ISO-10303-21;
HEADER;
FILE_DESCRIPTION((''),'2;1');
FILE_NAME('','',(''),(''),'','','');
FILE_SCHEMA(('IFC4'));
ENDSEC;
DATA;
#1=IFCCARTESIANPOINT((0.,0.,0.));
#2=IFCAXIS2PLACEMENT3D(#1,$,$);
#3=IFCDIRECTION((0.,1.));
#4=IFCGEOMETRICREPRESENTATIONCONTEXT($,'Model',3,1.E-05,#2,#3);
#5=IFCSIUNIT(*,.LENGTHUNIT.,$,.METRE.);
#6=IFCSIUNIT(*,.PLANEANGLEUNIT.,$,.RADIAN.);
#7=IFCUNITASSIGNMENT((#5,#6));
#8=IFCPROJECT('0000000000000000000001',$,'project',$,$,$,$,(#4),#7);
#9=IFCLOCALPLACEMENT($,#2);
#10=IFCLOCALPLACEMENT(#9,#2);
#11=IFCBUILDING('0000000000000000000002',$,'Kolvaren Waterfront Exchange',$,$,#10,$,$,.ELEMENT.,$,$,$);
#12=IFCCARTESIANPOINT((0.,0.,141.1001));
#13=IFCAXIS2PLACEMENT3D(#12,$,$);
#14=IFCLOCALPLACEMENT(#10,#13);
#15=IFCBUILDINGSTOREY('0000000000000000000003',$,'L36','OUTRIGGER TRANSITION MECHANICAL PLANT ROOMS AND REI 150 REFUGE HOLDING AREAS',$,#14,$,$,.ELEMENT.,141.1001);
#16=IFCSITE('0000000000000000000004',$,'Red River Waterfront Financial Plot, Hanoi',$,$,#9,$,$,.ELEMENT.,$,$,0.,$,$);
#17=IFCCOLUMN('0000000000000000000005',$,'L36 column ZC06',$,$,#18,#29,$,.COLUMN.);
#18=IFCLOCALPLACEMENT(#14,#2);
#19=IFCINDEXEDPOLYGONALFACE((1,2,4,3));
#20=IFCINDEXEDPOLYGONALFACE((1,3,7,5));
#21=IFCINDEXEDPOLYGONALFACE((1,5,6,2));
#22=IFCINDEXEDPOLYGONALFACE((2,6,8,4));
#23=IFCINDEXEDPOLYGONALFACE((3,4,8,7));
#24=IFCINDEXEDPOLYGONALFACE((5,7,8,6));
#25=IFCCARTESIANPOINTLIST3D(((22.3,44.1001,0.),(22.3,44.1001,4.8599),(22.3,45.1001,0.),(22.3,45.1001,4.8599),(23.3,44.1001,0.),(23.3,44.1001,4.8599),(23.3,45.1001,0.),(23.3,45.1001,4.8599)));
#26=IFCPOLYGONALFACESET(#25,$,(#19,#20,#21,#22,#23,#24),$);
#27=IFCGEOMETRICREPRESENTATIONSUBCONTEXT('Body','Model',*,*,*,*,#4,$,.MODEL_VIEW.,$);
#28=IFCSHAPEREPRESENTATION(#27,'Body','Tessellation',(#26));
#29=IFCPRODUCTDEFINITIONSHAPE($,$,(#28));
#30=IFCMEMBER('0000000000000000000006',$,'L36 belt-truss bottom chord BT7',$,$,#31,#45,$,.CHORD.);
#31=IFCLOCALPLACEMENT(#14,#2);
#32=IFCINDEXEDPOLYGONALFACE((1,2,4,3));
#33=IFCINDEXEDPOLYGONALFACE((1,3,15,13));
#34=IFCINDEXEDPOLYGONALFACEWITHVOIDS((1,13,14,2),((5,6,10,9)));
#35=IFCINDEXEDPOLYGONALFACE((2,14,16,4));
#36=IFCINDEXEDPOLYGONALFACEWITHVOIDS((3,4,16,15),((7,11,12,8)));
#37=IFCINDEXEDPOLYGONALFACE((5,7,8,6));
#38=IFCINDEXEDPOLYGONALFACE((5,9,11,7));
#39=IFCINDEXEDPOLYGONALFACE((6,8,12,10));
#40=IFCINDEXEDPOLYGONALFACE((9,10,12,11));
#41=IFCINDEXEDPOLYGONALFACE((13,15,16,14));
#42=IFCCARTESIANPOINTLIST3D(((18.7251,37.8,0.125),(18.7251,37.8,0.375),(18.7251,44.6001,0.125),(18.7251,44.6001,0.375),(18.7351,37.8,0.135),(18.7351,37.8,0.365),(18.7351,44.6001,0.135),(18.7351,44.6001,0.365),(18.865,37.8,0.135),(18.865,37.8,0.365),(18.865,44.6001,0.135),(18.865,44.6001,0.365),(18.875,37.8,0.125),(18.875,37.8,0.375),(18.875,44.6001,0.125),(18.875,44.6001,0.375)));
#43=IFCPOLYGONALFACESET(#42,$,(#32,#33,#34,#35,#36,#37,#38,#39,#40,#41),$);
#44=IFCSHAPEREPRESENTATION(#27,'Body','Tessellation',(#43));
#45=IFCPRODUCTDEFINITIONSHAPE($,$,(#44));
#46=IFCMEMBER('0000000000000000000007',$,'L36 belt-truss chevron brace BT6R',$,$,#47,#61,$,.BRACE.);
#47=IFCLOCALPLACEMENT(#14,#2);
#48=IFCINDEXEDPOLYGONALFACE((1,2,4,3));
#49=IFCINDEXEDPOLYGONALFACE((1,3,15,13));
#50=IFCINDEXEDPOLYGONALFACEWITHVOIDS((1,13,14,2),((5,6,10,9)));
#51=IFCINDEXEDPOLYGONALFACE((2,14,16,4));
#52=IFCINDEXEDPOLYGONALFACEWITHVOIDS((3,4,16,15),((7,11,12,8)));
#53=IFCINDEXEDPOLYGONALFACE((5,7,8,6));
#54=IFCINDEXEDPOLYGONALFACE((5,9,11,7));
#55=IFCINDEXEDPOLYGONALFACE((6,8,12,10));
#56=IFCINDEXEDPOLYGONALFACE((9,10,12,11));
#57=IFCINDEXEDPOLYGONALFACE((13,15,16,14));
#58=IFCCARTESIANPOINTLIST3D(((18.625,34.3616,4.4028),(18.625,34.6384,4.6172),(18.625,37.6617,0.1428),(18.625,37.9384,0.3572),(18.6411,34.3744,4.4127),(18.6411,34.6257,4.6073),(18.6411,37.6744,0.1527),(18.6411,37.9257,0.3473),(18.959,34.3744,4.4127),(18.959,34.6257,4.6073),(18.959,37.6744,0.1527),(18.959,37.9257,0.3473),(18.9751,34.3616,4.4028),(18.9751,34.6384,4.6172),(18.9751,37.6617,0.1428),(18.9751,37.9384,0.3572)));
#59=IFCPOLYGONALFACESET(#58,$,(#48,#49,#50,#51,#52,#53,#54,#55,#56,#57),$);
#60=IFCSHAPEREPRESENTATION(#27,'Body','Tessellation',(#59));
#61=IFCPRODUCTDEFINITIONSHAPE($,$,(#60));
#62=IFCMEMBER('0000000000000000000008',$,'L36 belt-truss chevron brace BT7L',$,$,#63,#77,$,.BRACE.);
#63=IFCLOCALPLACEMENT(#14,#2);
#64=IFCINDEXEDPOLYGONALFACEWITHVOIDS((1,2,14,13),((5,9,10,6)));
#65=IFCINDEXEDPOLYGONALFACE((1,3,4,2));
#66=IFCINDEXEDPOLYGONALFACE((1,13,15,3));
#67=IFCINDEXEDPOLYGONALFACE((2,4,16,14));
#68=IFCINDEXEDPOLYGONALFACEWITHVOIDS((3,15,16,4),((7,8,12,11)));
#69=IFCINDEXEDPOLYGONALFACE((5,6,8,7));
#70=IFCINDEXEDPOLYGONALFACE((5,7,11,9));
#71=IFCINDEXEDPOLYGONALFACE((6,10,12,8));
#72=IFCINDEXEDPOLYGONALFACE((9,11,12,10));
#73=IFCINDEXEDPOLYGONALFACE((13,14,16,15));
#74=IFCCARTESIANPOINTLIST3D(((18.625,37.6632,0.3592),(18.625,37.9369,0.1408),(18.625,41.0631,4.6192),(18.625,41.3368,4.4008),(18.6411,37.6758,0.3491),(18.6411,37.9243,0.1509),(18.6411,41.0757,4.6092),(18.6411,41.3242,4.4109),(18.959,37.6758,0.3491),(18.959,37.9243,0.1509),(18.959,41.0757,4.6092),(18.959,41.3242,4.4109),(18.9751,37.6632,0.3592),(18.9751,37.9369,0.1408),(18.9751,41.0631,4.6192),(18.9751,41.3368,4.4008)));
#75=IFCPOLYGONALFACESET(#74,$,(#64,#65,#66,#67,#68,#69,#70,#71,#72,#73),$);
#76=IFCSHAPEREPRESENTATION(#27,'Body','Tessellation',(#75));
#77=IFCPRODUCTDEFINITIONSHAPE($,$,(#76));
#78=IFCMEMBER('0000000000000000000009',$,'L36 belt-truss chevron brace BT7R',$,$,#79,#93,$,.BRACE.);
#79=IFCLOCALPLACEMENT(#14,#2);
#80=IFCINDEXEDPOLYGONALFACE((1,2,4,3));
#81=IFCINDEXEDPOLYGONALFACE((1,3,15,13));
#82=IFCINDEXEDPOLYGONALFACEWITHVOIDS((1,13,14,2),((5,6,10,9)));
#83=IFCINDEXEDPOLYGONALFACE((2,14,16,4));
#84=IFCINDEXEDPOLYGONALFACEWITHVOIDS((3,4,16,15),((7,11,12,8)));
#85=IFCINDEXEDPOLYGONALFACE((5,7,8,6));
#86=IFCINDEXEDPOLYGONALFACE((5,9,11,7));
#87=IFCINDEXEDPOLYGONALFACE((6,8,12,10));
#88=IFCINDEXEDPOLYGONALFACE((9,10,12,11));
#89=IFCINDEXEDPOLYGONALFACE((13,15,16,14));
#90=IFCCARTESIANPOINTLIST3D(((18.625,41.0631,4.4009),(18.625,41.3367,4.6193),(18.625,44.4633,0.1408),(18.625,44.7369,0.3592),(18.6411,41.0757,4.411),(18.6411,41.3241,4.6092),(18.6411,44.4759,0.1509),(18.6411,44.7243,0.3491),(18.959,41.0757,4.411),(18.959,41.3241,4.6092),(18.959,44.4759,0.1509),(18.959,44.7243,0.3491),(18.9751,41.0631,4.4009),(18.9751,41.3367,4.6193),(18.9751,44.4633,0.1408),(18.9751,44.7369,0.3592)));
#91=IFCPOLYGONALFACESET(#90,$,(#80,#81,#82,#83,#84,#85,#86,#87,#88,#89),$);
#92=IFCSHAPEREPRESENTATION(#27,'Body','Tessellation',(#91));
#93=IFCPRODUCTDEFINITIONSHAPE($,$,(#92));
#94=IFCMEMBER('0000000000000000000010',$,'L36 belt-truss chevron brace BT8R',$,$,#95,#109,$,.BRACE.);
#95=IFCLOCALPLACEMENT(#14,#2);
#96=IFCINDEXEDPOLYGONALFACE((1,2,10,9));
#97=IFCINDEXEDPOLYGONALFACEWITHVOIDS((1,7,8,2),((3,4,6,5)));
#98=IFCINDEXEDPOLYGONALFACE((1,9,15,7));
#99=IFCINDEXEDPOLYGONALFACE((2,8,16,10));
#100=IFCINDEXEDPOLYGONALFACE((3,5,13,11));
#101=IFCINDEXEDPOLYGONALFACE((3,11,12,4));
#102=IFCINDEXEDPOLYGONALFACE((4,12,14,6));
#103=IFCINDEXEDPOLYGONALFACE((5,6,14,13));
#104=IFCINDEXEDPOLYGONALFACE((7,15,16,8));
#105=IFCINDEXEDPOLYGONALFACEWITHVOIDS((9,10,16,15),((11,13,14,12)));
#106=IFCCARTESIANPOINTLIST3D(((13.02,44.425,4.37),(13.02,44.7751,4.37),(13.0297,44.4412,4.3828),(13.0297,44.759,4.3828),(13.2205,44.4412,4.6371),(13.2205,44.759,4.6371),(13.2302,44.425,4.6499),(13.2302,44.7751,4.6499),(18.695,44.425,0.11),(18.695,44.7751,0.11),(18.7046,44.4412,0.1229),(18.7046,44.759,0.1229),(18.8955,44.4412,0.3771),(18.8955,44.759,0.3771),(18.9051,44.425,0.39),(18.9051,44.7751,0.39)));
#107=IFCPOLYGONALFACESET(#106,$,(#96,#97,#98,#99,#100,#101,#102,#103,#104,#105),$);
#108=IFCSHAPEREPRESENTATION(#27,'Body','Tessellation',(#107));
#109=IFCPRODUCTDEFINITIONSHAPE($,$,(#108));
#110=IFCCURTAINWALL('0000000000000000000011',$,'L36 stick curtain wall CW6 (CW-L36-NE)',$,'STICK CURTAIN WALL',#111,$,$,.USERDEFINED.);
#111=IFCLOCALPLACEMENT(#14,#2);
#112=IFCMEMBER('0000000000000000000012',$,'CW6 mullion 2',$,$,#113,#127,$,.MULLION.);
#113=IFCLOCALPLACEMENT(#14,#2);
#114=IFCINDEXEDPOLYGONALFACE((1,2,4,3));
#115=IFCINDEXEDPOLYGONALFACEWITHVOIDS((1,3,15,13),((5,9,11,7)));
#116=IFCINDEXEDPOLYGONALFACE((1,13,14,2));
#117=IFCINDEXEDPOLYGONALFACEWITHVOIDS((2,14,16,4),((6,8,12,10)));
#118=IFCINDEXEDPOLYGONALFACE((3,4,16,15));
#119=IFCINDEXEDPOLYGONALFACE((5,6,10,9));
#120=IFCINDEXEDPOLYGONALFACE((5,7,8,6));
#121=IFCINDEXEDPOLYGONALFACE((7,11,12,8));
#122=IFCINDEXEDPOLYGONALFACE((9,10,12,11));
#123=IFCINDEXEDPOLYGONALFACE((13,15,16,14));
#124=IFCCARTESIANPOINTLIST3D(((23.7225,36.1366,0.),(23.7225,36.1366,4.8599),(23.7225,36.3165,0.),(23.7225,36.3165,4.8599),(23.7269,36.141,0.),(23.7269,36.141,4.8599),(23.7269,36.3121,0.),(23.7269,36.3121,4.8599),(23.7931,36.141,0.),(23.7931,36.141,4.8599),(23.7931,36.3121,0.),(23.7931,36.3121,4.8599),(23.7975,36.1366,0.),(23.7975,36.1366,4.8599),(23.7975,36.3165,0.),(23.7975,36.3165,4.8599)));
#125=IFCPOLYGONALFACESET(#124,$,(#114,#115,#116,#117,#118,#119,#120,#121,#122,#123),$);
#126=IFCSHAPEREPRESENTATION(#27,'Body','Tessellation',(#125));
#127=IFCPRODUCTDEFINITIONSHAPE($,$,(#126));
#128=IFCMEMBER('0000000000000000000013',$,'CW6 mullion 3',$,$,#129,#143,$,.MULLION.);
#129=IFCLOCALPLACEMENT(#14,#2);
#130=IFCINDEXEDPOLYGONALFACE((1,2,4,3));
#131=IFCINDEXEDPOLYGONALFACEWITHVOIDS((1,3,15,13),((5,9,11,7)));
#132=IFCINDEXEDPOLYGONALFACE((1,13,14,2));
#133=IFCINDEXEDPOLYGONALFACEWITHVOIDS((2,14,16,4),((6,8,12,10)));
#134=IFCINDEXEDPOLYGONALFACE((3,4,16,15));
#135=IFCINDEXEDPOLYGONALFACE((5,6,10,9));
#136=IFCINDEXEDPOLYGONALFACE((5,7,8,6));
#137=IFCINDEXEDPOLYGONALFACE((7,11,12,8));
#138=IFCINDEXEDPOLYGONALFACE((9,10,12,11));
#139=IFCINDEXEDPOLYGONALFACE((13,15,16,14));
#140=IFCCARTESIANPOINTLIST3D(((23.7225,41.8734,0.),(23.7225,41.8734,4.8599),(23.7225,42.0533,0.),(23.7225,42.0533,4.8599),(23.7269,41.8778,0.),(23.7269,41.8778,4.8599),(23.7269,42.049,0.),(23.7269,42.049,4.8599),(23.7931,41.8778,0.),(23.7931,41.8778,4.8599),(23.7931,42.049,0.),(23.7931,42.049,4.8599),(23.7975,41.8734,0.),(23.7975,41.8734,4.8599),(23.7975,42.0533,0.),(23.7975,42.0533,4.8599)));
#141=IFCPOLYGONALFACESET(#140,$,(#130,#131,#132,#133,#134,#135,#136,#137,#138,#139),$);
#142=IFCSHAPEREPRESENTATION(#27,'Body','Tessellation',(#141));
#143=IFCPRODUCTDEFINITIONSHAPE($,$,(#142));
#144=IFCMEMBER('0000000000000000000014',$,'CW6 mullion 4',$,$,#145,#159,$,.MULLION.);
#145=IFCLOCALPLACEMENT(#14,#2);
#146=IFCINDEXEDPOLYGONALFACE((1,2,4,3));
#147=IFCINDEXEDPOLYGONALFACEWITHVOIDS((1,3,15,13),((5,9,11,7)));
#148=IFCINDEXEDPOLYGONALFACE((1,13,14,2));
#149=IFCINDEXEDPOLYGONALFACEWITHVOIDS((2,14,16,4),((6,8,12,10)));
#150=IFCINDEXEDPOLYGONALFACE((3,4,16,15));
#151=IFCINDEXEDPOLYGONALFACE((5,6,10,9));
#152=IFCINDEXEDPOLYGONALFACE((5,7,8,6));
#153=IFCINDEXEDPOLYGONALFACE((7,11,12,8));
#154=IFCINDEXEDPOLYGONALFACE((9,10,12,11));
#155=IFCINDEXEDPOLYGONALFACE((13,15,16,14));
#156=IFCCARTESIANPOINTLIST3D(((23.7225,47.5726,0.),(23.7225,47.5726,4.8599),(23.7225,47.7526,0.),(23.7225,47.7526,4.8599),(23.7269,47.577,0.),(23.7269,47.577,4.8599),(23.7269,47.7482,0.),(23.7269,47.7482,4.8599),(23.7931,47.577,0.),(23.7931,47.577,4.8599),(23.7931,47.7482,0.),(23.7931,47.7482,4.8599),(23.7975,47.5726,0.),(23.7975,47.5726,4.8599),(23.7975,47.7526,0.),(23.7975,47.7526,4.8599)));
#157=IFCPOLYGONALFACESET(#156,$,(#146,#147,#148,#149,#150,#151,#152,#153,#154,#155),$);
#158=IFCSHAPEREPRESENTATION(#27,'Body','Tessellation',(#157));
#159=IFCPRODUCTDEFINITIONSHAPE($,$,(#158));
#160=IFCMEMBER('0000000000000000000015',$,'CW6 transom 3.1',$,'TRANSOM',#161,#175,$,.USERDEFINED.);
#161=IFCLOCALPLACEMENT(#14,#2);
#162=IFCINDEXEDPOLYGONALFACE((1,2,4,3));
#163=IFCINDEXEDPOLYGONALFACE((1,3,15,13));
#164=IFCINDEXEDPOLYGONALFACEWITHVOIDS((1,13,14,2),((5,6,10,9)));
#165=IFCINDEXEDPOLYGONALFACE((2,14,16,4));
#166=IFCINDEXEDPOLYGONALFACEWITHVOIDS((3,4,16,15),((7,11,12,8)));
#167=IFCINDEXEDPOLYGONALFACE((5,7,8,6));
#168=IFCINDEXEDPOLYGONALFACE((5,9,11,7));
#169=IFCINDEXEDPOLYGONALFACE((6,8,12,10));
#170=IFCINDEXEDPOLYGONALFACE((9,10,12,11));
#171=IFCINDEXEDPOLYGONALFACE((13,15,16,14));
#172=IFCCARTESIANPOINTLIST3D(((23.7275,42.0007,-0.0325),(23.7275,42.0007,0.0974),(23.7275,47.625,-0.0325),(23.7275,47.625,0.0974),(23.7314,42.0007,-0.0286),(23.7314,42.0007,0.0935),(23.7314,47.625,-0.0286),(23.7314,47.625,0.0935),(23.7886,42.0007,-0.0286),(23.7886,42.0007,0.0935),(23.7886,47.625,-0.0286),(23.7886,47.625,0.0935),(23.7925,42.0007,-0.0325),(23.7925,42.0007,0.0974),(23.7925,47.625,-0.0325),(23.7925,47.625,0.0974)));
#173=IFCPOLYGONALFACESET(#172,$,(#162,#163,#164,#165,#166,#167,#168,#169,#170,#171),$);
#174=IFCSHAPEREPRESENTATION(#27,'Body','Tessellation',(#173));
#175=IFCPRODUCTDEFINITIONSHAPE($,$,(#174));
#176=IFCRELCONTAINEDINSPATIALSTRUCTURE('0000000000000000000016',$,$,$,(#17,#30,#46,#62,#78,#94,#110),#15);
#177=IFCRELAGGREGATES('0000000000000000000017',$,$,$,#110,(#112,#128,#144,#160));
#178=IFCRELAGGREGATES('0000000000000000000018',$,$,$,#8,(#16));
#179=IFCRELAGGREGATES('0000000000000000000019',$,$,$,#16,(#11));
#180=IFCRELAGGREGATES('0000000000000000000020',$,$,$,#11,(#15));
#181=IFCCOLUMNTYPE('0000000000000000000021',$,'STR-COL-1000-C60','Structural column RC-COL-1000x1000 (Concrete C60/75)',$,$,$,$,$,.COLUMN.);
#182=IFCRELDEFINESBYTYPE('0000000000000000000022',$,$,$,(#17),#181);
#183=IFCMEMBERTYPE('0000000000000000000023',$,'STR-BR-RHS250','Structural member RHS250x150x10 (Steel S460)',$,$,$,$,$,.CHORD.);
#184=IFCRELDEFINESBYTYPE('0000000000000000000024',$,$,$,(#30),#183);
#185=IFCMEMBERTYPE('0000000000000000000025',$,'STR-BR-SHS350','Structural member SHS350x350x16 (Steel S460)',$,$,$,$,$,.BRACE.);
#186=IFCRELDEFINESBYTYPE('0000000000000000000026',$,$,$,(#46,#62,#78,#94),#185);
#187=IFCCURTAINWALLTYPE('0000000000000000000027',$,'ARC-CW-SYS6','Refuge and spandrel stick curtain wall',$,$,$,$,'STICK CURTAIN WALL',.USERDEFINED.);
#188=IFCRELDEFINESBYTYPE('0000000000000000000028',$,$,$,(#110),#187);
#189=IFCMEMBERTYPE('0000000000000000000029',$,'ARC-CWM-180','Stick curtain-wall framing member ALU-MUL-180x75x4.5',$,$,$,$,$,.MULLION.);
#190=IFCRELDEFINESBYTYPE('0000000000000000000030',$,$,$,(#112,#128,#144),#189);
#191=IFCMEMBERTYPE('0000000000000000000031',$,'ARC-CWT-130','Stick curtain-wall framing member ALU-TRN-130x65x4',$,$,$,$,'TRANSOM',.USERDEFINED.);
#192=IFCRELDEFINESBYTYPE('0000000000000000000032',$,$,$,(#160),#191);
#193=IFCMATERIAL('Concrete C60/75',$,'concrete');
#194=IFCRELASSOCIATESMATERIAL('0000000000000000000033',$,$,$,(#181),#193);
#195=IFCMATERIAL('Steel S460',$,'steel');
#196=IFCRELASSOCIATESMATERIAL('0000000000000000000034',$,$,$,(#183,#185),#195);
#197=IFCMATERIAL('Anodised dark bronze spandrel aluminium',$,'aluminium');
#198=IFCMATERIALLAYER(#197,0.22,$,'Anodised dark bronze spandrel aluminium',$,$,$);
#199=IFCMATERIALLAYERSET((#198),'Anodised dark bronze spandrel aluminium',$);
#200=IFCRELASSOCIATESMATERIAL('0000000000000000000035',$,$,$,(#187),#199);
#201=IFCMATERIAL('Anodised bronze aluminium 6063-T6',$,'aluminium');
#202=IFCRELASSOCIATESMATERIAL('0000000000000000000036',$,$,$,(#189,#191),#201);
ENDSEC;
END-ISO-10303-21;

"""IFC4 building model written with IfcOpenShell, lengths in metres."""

from ifc_helpers import new_model, si_unit, direction, frame, origin, origin_with_axes, origin_2d, place, context, subcontext, project, spatial, rectangle, hollow_rectangle, extrude, source, transform, mapped, material, layer, layer_set, material_profile, profile_set, type_object, element, aggregate, save


model = new_model("IFC4")

# Units and contexts
model_context = context("Model", 3, precision=1e-05, world=origin(), true_north=direction((0.0, 1.0)))
body_context = subcontext(model_context, "Body", "Model", "MODEL_VIEW")
ifc_project = project(units=[si_unit("LENGTHUNIT", "METRE"), si_unit("PLANEANGLEUNIT", "RADIAN")], contexts=[model_context])

# Site, building, storey
site_placement = place(None, origin())
site = spatial("IfcSite", under=ifc_project, at=site_placement, Name="Red River Waterfront Financial Plot, Hanoi", CompositionType="ELEMENT", RefElevation=0.0)
building_placement = place(site_placement, origin())
building = spatial("IfcBuilding", under=site, at=building_placement, Name="Kolvaren Waterfront Exchange", CompositionType="ELEMENT")
storey_placement = place(building_placement, frame((0.0, 0.0, 141.1001)))
storey = spatial("IfcBuildingStorey", under=building, at=storey_placement, Name="L36", Description="OUTRIGGER TRANSITION MECHANICAL PLANT ROOMS AND REI 150 REFUGE HOLDING AREAS", CompositionType="ELEMENT", Elevation=141.1001)

# Column
ifc_material_1 = material(Name="Concrete C60/75", Category="concrete")
ifc_material_profile_1 = material_profile(ifc_material_1, rectangle(XDim=1.0, YDim=1.0, at=origin_2d()), Name="RC-COL-1000x1000")
ifc_profile_set_1 = profile_set([ifc_material_profile_1], Name="Concrete C60/75")
column_type = type_object("IfcColumnType", Name="STR-COL-1000-C60", Description="Structural column RC-COL-1000x1000 (Concrete C60/75)", PredefinedType="COLUMN", material=ifc_profile_set_1)
column_placement = place(storey_placement, frame((22.8, 44.6001, 0.0), z_axis=(0.0, 0.0, 1.0), x_axis=(1.0, 0.0, 0.0)))
element("IfcColumn", 1, at=column_placement, inside=storey, type_object=column_type, Name="L36 column ZC06", PredefinedType="COLUMN", context=body_context, shape_type="SweptSolid", body=[
    extrude(rectangle(XDim=1.0, YDim=1.0, at=origin_2d()), origin(), (0.0, 0.0, 1.0), 4.8599),
])

# Members
ifc_material_2 = material(Name="Steel S460", Category="steel")
ifc_material_profile_2 = material_profile(ifc_material_2, hollow_rectangle(XDim=0.1499, YDim=0.25, WallThickness=0.01, at=origin_2d()), Name="RHS250x150x10")
ifc_profile_set_2 = profile_set([ifc_material_profile_2], Name="Steel S460")
member_type_1 = type_object("IfcMemberType", Name="STR-BR-RHS250", Description="Structural member RHS250x150x10 (Steel S460)", PredefinedType="CHORD", material=ifc_profile_set_2)
member_1_placement = place(storey_placement, frame((18.8, 37.8, 0.25), z_axis=(0.0, 1.0, 0.0), x_axis=(-1.0, 0.0, 0.0)))
element("IfcMember", 2, at=member_1_placement, inside=storey, type_object=member_type_1, Name="L36 belt-truss bottom chord BT7", PredefinedType="CHORD", context=body_context, shape_type="SweptSolid", body=[
    extrude(hollow_rectangle(XDim=0.1499, YDim=0.25, WallThickness=0.01, at=origin_2d()), origin(), (0.0, 0.0, 1.0), 6.8),
])
ifc_material_profile_3 = material_profile(ifc_material_2, hollow_rectangle(XDim=0.3501, YDim=0.3501, WallThickness=0.0161, at=origin_2d()), Name="SHS350x350x16")
ifc_profile_set_3 = profile_set([ifc_material_profile_3], Name="Steel S460")
member_type_2 = type_object("IfcMemberType", Name="STR-BR-SHS350", Description="Structural member SHS350x350x16 (Steel S460)", PredefinedType="BRACE", material=ifc_profile_set_3)
member_2_placement = place(storey_placement, frame((18.8, 37.8, 0.25), z_axis=(0.0, -0.612403, 0.790546), x_axis=(1.0, 0.0, 0.0)))
element("IfcMember", 3, at=member_2_placement, inside=storey, type_object=member_type_2, Name="L36 belt-truss chevron brace BT6R", PredefinedType="BRACE", context=body_context, shape_type="SweptSolid", body=[
    extrude(hollow_rectangle(XDim=0.3501, YDim=0.3501, WallThickness=0.0161, at=origin_2d()), origin(), (0.0, 0.0, 1.0), 5.3887),
])
member_3_placement = place(storey_placement, frame((18.8, 37.8, 0.25), z_axis=(0.0, 0.623788, 0.781594), x_axis=(-1.0, 0.0, 0.0)))
element("IfcMember", 4, at=member_3_placement, inside=storey, type_object=member_type_2, Name="L36 belt-truss chevron brace BT7L", PredefinedType="BRACE", context=body_context, shape_type="SweptSolid", body=[
    extrude(hollow_rectangle(XDim=0.3501, YDim=0.3501, WallThickness=0.0161, at=origin_2d()), origin(), (0.0, 0.0, 1.0), 5.4504),
])
member_4_placement = place(storey_placement, frame((18.8, 44.6001, 0.25), z_axis=(0.0, -0.623815, 0.781572), x_axis=(1.0, 0.0, 0.0)))
element("IfcMember", 5, at=member_4_placement, inside=storey, type_object=member_type_2, Name="L36 belt-truss chevron brace BT7R", PredefinedType="BRACE", context=body_context, shape_type="SweptSolid", body=[
    extrude(hollow_rectangle(XDim=0.3501, YDim=0.3501, WallThickness=0.0161, at=origin_2d()), origin(), (0.0, 0.0, 1.0), 5.4507),
])
member_5_placement = place(storey_placement, frame((18.8, 44.6001, 0.25), z_axis=(-0.799748, 0.0, 0.600336), x_axis=(0.0, -1.0, 0.0)))
element("IfcMember", 6, at=member_5_placement, inside=storey, type_object=member_type_2, Name="L36 belt-truss chevron brace BT8R", PredefinedType="BRACE", context=body_context, shape_type="SweptSolid", body=[
    extrude(hollow_rectangle(XDim=0.3501, YDim=0.3501, WallThickness=0.0161, at=origin_2d()), origin(), (0.0, 0.0, 1.0), 7.0959),
])

# Curtain wall, members
ifc_material_3 = material(Name="Anodised dark bronze spandrel aluminium", Category="aluminium")
ifc_layer_1 = layer(ifc_material_3, 0.22, Name="Anodised dark bronze spandrel aluminium")
ifc_layer_set_1 = layer_set([ifc_layer_1], Name="Anodised dark bronze spandrel aluminium")
curtain_wall_type = type_object("IfcCurtainWallType", Name="ARC-CW-SYS6", Description="Refuge and spandrel stick curtain wall", ElementType="STICK CURTAIN WALL", PredefinedType="USERDEFINED", material=ifc_layer_set_1)
curtain_wall_placement = place(storey_placement, origin())
curtain_wall = element("IfcCurtainWall", 7, at=curtain_wall_placement, inside=storey, type_object=curtain_wall_type, Name="L36 stick curtain wall CW6 (CW-L36-NE)", ObjectType="STICK CURTAIN WALL", PredefinedType="USERDEFINED")
ifc_material_4 = material(Name="Anodised bronze aluminium 6063-T6", Category="aluminium")
ifc_material_profile_4 = material_profile(ifc_material_4, hollow_rectangle(XDim=0.075, YDim=0.1799, WallThickness=0.0044, at=origin_2d()), Name="ALU-MUL-180x75x4.5")
ifc_profile_set_4 = profile_set([ifc_material_profile_4], Name="Anodised bronze aluminium 6063-T6")
member_type_3 = type_object("IfcMemberType", Name="ARC-CWM-180", Description="Stick curtain-wall framing member ALU-MUL-180x75x4.5", PredefinedType="MULLION", material=ifc_profile_set_4)
shared_shape_1 = source(origin_with_axes(), body_context, "Body", "SweptSolid", [
    extrude(hollow_rectangle(XDim=0.075, YDim=0.1799, WallThickness=0.0044, at=origin_2d()), origin(), (0.0, 0.0, 1.0), 4.8599),
])
member_6_placement = place(storey_placement, frame((23.76, 36.2266, 0.0), z_axis=(0.0, 0.0, 1.0), x_axis=(-1.0, 0.0, 0.0)))
member_6 = element("IfcMember", 8, at=member_6_placement, type_object=member_type_3, Name="CW6 mullion 2", PredefinedType="MULLION", context=body_context, shape_type="MappedRepresentation", body=[
    mapped(shared_shape_1, transform((0.0, 0.0, 0.0), x_axis=(1.0, 0.0, 0.0), y_axis=(0.0, 1.0, 0.0), z_axis=(0.0, 0.0, 1.0), scale=1.0)),
])
member_7_placement = place(storey_placement, frame((23.76, 41.9634, 0.0), z_axis=(0.0, 0.0, 1.0), x_axis=(-1.0, 0.0, 0.0)))
member_7 = element("IfcMember", 9, at=member_7_placement, type_object=member_type_3, Name="CW6 mullion 3", PredefinedType="MULLION", context=body_context, shape_type="MappedRepresentation", body=[
    mapped(shared_shape_1, transform((0.0, 0.0, 0.0), x_axis=(1.0, 0.0, 0.0), y_axis=(0.0, 1.0, 0.0), z_axis=(0.0, 0.0, 1.0), scale=1.0)),
])
member_8_placement = place(storey_placement, frame((23.76, 47.6626, 0.0), z_axis=(0.0, 0.0, 1.0), x_axis=(-1.0, 0.0, 0.0)))
member_8 = element("IfcMember", 10, at=member_8_placement, type_object=member_type_3, Name="CW6 mullion 4", PredefinedType="MULLION", context=body_context, shape_type="MappedRepresentation", body=[
    mapped(shared_shape_1, transform((0.0, 0.0, 0.0), x_axis=(1.0, 0.0, 0.0), y_axis=(0.0, 1.0, 0.0), z_axis=(0.0, 0.0, 1.0), scale=1.0)),
])
ifc_material_profile_5 = material_profile(ifc_material_4, hollow_rectangle(XDim=0.0649, YDim=0.1299, WallThickness=0.0039, at=origin_2d()), Name="ALU-TRN-130x65x4")
ifc_profile_set_5 = profile_set([ifc_material_profile_5], Name="Anodised bronze aluminium 6063-T6")
member_type_4 = type_object("IfcMemberType", Name="ARC-CWT-130", Description="Stick curtain-wall framing member ALU-TRN-130x65x4", ElementType="TRANSOM", PredefinedType="USERDEFINED", material=ifc_profile_set_5)
shared_shape_2 = source(origin_with_axes(), body_context, "Body", "SweptSolid", [
    extrude(hollow_rectangle(XDim=0.0649, YDim=0.1299, WallThickness=0.0039, at=origin_2d()), origin(), (0.0, 0.0, 1.0), 5.6243),
])
member_9_placement = place(storey_placement, frame((23.76, 42.0007, 0.0325), z_axis=(0.0, 1.0, 0.0), x_axis=(-1.0, 0.0, 0.0)))
member_9 = element("IfcMember", 11, at=member_9_placement, type_object=member_type_4, Name="CW6 transom 3.1", ObjectType="TRANSOM", PredefinedType="USERDEFINED", context=body_context, shape_type="MappedRepresentation", body=[
    mapped(shared_shape_2, transform((0.0, 0.0, 0.0), x_axis=(1.0, 0.0, 0.0), y_axis=(0.0, 1.0, 0.0), z_axis=(0.0, 0.0, 1.0), scale=1.0)),
])

aggregate(curtain_wall, [member_6, member_7, member_8, member_9])

save(model, "model.ifc")
